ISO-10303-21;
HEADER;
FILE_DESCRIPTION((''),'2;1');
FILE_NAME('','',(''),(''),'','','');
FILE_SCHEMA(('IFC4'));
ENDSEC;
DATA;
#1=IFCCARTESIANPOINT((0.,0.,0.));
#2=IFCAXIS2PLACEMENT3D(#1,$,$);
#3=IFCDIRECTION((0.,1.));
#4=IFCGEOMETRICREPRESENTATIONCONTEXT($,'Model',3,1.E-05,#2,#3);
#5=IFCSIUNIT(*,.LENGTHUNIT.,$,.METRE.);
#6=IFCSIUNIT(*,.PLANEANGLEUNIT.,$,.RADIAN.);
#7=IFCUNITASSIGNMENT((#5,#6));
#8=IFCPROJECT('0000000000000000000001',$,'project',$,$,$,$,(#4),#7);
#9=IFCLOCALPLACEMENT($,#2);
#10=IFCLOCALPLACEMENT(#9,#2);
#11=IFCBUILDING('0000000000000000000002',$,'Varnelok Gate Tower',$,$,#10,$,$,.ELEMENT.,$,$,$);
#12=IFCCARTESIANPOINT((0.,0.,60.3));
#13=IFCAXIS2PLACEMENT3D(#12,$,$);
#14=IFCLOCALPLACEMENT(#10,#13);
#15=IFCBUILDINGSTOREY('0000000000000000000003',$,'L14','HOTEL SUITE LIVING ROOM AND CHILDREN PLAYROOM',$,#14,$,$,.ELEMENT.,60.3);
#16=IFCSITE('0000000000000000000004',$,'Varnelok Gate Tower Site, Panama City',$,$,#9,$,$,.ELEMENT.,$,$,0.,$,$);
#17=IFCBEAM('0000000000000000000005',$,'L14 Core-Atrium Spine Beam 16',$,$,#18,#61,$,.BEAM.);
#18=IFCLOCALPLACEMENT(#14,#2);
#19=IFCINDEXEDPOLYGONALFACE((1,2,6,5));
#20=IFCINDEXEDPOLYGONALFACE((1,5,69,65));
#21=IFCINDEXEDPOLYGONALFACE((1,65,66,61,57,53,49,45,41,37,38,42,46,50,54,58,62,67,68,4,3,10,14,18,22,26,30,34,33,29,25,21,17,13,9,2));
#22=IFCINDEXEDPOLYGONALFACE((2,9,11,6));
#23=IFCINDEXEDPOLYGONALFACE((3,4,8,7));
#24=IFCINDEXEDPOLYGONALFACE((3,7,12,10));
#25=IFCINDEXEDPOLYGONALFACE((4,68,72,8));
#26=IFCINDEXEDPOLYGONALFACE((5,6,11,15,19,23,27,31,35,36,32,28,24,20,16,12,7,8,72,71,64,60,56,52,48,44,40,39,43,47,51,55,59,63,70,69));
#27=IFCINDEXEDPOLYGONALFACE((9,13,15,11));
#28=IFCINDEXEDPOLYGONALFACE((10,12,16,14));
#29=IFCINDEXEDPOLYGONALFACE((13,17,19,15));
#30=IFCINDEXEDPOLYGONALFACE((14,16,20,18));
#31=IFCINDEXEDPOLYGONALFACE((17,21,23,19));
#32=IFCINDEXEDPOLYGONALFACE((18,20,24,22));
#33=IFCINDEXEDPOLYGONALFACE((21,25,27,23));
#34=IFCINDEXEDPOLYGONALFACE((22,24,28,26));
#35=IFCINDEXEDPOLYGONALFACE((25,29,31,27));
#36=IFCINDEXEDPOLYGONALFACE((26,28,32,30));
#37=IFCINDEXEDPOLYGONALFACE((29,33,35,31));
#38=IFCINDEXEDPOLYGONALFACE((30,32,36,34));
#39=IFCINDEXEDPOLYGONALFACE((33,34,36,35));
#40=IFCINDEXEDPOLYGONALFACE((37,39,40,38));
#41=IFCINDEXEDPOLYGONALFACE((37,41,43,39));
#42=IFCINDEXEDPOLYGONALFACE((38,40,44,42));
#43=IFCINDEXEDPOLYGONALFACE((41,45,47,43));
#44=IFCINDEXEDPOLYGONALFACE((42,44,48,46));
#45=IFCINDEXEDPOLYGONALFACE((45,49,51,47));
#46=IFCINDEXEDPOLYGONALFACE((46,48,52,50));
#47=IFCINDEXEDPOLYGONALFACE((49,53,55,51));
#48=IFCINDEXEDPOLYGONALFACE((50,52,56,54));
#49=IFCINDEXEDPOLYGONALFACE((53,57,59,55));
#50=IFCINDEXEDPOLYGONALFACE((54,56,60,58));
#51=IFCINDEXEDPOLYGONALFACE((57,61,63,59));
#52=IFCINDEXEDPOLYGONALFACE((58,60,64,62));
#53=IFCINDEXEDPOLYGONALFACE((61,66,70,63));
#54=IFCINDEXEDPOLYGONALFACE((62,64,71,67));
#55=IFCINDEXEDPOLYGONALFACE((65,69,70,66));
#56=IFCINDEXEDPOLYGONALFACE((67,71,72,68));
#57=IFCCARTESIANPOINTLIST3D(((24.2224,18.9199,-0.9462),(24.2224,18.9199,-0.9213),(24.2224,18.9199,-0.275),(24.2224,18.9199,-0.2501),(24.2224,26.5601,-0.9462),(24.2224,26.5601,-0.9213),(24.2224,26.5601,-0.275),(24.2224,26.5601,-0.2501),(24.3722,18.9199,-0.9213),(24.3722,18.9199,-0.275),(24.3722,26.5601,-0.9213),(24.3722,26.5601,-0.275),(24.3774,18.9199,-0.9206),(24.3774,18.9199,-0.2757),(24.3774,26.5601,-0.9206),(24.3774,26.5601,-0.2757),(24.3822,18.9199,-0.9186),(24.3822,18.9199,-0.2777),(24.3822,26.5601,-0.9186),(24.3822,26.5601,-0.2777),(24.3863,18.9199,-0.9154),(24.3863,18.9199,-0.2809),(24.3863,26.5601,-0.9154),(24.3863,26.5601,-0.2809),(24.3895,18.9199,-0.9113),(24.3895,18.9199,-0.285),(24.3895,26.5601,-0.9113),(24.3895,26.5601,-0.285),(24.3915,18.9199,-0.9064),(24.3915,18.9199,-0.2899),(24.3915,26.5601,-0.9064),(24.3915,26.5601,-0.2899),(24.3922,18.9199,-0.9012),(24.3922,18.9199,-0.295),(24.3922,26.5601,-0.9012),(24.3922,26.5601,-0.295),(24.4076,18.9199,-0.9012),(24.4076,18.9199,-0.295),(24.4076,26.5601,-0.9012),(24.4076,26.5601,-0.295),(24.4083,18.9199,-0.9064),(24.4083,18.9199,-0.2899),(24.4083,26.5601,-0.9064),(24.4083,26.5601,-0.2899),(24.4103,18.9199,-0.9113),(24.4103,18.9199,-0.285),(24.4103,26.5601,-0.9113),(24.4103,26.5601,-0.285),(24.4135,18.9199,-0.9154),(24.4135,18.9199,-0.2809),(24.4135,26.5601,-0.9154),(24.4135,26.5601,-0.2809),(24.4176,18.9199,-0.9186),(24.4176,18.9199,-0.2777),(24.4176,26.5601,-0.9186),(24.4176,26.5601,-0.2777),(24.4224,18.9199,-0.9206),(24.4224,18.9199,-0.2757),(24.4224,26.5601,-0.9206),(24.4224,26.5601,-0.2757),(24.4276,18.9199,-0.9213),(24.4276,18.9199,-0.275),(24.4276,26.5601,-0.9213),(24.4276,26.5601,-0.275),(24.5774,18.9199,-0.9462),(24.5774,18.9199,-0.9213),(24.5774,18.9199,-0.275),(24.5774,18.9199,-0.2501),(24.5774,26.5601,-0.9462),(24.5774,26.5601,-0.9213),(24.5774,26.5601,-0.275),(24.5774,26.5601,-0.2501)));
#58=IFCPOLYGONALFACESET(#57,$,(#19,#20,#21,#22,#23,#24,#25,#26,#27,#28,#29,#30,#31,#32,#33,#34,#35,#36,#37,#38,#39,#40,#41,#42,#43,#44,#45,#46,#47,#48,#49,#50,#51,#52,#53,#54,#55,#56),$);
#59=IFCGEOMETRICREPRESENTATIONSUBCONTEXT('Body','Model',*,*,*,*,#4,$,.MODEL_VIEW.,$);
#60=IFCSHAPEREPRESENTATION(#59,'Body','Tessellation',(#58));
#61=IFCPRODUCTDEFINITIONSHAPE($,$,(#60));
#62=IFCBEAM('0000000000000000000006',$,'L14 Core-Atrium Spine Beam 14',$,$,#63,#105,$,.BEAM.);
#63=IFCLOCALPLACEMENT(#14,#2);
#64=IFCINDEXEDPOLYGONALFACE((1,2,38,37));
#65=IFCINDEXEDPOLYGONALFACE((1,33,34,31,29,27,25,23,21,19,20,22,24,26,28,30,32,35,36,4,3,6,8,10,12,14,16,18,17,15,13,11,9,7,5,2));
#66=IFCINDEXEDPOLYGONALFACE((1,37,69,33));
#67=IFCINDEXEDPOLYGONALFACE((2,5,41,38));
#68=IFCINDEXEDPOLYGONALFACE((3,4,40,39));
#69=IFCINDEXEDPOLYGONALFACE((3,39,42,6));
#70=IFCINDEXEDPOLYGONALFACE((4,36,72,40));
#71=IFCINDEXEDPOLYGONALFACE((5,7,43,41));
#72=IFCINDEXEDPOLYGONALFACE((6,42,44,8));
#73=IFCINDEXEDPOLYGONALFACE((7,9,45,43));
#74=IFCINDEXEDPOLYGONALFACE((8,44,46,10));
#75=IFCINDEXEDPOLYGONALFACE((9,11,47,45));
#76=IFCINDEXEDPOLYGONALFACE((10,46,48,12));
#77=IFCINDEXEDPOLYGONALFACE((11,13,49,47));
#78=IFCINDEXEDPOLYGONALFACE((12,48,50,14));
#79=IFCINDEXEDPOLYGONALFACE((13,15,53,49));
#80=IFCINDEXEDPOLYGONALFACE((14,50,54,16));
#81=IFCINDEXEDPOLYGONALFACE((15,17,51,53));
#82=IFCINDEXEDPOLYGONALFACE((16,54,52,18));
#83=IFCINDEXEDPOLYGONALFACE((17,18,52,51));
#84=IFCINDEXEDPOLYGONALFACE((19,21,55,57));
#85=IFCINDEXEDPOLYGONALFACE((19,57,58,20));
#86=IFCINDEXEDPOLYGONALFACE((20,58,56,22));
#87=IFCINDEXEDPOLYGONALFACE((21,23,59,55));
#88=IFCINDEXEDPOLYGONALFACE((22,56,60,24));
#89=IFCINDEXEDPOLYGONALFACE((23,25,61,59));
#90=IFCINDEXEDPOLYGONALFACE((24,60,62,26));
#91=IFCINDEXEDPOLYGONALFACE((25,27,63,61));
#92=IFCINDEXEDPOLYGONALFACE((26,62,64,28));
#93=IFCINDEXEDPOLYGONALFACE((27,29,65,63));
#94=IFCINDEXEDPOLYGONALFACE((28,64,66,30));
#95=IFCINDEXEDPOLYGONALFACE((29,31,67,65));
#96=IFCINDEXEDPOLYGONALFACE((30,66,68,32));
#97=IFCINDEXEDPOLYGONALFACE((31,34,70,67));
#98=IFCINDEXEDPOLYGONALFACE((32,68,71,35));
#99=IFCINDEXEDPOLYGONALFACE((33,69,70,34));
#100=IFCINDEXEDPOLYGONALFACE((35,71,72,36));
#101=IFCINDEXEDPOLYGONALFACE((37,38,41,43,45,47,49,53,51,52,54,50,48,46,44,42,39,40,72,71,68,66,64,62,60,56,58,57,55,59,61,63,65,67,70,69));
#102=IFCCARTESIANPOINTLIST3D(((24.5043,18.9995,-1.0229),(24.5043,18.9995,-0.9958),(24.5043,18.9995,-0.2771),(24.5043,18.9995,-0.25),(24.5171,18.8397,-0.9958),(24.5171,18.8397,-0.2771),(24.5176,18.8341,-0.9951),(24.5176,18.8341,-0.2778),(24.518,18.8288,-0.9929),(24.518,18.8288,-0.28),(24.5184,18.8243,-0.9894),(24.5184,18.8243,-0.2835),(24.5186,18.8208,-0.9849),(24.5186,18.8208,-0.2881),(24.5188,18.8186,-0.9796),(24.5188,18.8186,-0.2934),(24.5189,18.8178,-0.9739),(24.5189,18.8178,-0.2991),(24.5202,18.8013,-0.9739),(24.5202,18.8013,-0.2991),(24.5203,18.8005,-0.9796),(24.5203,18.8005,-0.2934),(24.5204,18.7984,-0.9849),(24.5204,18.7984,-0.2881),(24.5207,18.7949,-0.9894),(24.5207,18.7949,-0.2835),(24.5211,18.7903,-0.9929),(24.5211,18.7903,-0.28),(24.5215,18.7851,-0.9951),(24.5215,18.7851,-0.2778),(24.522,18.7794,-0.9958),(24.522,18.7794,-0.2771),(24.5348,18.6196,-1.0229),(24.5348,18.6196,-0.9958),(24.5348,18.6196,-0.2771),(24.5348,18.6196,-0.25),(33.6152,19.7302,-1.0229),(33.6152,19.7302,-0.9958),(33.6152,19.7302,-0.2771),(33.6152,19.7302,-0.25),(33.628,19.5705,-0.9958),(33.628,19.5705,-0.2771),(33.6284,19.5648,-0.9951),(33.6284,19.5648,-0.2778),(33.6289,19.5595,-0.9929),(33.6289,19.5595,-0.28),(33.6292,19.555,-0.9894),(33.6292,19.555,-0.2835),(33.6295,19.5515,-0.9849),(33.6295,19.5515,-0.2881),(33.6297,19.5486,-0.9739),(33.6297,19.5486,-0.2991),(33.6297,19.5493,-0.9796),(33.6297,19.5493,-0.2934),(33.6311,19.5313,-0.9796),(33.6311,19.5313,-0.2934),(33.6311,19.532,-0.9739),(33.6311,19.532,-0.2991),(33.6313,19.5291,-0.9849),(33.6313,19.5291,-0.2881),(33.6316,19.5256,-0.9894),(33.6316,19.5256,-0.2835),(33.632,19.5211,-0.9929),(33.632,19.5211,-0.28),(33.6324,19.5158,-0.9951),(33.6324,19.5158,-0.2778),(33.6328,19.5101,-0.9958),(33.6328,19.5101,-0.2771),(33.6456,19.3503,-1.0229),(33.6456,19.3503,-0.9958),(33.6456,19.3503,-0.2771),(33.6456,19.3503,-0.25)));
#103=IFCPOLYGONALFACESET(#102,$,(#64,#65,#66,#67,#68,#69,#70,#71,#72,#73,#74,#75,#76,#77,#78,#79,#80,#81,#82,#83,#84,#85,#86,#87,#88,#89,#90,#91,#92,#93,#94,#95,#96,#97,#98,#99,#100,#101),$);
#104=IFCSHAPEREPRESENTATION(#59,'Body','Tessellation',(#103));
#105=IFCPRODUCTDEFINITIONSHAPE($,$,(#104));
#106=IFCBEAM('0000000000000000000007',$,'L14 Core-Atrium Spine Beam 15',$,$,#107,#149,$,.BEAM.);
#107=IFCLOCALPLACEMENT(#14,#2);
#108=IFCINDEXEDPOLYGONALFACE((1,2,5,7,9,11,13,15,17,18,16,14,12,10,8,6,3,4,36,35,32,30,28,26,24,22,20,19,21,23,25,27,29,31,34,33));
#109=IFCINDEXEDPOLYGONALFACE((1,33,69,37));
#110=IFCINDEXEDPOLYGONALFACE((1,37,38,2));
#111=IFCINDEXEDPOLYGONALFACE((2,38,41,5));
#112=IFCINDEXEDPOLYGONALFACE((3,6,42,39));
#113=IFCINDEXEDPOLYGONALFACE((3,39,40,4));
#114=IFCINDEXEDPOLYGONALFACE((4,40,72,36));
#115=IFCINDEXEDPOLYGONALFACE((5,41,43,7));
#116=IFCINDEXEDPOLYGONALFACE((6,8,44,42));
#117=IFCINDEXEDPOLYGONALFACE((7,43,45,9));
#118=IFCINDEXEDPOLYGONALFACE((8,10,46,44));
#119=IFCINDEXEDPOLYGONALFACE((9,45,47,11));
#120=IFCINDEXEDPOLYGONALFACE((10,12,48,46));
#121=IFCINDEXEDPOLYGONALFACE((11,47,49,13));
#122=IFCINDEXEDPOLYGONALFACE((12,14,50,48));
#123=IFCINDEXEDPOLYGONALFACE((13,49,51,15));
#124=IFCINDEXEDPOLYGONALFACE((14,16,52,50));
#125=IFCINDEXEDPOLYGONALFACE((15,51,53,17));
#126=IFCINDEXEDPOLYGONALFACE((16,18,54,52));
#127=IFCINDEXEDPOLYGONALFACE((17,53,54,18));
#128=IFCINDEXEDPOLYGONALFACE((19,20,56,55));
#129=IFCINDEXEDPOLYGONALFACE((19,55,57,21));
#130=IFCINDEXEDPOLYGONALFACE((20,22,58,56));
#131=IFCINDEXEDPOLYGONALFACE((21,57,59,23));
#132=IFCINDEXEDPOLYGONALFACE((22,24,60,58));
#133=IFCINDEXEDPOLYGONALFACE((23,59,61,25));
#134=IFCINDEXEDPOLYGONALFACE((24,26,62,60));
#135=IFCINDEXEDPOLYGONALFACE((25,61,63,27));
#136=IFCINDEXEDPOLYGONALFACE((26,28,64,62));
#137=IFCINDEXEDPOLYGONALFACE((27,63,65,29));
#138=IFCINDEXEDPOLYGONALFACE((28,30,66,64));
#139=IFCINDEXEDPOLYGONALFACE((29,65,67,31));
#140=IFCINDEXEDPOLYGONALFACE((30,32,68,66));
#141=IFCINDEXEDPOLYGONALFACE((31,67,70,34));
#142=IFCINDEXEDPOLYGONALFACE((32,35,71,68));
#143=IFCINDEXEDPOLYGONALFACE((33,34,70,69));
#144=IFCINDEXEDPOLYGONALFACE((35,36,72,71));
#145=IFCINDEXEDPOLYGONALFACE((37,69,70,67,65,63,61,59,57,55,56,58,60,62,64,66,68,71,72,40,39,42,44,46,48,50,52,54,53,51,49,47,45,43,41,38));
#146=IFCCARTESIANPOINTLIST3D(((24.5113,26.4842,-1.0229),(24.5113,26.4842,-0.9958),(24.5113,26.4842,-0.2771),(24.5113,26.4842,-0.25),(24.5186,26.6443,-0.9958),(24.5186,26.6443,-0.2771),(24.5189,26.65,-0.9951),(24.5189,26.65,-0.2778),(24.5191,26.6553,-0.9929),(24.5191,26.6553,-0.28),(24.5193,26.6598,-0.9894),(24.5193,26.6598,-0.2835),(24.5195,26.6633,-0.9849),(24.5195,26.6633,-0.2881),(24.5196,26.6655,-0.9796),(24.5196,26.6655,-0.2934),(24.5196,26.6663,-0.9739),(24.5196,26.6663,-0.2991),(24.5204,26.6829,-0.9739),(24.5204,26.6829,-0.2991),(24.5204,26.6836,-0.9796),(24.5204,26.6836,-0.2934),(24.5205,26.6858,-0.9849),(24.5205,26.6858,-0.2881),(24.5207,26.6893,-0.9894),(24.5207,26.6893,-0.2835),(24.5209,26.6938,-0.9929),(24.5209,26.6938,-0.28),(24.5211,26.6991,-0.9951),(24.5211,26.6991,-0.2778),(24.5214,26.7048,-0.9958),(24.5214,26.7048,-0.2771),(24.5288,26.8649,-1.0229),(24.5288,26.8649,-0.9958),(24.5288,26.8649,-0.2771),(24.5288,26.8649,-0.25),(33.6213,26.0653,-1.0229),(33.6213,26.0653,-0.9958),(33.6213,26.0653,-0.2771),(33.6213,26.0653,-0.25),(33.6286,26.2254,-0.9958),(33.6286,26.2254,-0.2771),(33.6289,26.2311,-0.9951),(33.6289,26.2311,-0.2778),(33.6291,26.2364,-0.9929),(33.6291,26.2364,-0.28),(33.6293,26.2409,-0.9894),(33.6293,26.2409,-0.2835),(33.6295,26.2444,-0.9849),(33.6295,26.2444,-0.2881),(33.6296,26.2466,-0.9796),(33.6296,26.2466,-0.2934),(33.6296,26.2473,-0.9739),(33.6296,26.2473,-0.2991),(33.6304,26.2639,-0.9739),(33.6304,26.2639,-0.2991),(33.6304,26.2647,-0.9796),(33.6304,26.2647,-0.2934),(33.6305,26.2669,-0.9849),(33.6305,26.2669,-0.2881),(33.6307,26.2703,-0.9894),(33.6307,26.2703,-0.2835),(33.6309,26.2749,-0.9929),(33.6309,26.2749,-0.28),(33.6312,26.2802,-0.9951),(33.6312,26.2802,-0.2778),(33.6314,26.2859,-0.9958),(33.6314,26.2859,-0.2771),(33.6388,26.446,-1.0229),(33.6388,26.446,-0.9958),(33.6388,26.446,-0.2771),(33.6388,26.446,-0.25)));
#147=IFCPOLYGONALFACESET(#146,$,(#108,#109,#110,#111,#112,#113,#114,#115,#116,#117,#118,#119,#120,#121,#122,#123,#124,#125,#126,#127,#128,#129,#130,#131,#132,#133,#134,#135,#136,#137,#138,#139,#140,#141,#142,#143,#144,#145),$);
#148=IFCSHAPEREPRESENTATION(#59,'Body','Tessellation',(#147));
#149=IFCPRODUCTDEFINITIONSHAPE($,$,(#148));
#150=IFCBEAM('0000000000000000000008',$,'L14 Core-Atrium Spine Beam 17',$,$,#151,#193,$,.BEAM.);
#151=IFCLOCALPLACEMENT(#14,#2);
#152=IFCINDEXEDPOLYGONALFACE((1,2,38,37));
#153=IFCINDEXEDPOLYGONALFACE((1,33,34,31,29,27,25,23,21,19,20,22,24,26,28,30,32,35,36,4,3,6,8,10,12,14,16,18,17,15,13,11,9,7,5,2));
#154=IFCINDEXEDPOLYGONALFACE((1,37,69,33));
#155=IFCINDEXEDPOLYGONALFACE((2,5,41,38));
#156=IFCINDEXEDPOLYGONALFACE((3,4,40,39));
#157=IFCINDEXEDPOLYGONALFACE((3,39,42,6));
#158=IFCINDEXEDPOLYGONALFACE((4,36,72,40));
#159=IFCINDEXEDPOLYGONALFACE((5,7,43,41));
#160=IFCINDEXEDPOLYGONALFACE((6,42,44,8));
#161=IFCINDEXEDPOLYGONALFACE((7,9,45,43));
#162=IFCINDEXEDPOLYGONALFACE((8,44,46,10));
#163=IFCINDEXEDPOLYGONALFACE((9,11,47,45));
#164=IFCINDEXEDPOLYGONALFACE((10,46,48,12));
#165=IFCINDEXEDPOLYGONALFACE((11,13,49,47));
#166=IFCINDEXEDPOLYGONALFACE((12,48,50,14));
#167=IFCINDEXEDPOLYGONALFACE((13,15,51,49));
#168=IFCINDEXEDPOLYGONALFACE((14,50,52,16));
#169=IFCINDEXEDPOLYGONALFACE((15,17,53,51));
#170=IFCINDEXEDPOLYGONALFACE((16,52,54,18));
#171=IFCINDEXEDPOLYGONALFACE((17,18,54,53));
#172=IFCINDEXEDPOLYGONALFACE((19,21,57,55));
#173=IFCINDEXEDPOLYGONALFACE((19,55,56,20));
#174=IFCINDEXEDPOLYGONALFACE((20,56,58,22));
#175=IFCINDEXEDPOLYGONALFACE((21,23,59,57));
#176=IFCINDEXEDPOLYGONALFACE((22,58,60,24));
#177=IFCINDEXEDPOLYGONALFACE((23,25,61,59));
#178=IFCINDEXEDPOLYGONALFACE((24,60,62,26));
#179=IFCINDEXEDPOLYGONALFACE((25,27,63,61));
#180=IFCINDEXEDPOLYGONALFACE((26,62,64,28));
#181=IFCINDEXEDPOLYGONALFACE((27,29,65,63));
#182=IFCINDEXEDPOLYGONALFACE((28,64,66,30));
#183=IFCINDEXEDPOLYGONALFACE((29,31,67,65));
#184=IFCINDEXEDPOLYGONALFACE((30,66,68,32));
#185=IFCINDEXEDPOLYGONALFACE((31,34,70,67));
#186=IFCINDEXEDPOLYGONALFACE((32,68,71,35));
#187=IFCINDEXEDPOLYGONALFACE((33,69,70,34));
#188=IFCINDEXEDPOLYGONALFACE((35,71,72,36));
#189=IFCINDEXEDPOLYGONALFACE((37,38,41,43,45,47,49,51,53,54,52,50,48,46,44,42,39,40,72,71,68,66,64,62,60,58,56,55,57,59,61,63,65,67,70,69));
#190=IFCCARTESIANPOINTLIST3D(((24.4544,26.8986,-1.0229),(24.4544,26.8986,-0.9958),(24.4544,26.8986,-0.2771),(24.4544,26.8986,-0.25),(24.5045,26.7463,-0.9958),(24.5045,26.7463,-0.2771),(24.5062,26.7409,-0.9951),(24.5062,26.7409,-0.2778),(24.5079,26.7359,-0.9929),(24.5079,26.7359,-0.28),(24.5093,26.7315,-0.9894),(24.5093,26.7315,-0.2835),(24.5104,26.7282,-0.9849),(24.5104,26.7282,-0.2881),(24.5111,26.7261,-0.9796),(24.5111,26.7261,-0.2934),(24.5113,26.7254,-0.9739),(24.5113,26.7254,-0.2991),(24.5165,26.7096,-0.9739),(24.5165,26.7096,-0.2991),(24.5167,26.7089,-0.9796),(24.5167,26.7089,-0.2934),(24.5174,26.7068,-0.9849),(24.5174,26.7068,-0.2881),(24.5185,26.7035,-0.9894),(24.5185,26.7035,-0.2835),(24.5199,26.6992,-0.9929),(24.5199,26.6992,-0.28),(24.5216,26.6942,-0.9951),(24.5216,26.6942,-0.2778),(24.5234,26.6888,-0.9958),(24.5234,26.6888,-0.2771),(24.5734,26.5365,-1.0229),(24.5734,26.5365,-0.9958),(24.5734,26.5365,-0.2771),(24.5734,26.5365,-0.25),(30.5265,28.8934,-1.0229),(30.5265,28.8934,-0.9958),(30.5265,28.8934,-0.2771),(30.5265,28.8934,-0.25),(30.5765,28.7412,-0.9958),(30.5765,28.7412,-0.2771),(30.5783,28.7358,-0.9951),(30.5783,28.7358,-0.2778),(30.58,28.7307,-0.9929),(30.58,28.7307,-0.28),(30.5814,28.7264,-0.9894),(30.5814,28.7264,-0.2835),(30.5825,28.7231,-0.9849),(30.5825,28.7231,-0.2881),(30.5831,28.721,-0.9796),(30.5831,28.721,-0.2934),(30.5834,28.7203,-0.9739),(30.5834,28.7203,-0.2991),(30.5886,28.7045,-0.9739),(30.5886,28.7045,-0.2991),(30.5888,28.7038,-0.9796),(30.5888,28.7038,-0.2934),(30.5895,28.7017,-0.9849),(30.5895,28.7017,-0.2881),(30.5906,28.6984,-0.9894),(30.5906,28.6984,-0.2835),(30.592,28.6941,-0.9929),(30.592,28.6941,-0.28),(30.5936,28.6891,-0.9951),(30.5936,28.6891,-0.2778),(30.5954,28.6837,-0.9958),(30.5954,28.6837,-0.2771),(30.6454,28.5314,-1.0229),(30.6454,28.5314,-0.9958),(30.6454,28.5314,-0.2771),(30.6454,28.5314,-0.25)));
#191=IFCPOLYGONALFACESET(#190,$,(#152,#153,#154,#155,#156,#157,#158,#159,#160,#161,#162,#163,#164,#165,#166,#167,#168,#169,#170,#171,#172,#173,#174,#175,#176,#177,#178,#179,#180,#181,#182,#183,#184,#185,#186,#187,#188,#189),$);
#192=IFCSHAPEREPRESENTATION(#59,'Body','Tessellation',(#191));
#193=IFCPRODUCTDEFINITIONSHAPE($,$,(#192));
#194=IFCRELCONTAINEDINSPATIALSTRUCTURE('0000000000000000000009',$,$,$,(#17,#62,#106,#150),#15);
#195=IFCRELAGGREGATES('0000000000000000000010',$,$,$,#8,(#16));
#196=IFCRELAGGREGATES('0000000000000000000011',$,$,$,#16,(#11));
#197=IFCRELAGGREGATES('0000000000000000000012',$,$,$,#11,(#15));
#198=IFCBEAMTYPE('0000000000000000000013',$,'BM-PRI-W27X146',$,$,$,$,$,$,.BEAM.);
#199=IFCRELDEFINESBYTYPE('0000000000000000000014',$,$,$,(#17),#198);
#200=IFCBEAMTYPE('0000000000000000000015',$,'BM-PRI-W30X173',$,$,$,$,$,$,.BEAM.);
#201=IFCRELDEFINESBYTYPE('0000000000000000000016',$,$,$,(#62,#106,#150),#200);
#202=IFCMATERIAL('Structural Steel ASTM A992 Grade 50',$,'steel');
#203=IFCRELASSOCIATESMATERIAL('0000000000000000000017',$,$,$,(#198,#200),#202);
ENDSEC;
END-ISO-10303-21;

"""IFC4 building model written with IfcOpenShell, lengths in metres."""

from ifc_helpers import new_model, si_unit, direction, frame, origin, origin_2d, place, context, subcontext, project, spatial, i_section, extrude, material, material_profile, profile_set, type_object, element, save


model = new_model("IFC4")

# Units and contexts
model_context = context("Model", 3, precision=1e-05, world=origin(), true_north=direction((0.0, 1.0)))
body_context = subcontext(model_context, "Body", "Model", "MODEL_VIEW")
ifc_project = project(units=[si_unit("LENGTHUNIT", "METRE"), si_unit("PLANEANGLEUNIT", "RADIAN")], contexts=[model_context])

# Site, building, storey
site_placement = place(None, origin())
site = spatial("IfcSite", under=ifc_project, at=site_placement, Name="Varnelok Gate Tower Site, Panama City", CompositionType="ELEMENT", RefElevation=0.0)
building_placement = place(site_placement, origin())
building = spatial("IfcBuilding", under=site, at=building_placement, Name="Varnelok Gate Tower", CompositionType="ELEMENT")
storey_placement = place(building_placement, frame((0.0, 0.0, 60.3)))
storey = spatial("IfcBuildingStorey", under=building, at=storey_placement, Name="L14", Description="HOTEL SUITE LIVING ROOM AND CHILDREN PLAYROOM", CompositionType="ELEMENT", Elevation=60.3)

# Shared definitions
ifc_material_1 = material(Name="Structural Steel ASTM A992 Grade 50", Category="steel")

# Beams
ifc_material_profile_1 = material_profile(ifc_material_1, i_section(OverallWidth=0.355, OverallDepth=0.696, WebThickness=0.0154, FlangeThickness=0.0249, FilletRadius=0.02, at=origin_2d()), Name="W27X146")
ifc_profile_set_1 = profile_set([ifc_material_profile_1], Name="Structural Steel ASTM A992 Grade 50")
beam_type_1 = type_object("IfcBeamType", Name="BM-PRI-W27X146", PredefinedType="BEAM", material=ifc_profile_set_1)
beam_1_placement = place(storey_placement, frame((24.3999, 18.9199, -0.5981), z_axis=(0.0, 1.0, 0.0), x_axis=(-1.0, 0.0, 0.0)))
element("IfcBeam", 1, at=beam_1_placement, inside=storey, type_object=beam_type_1, Name="L14 Core-Atrium Spine Beam 16", PredefinedType="BEAM", context=body_context, shape_type="SweptSolid", body=[
    extrude(i_section(OverallWidth=0.355, OverallDepth=0.696, WebThickness=0.0154, FlangeThickness=0.0249, FilletRadius=0.02, at=origin_2d()), origin(), (0.0, 0.0, 1.0), 7.6401),
])
ifc_material_profile_2 = material_profile(ifc_material_1, i_section(OverallWidth=0.3811, OverallDepth=0.7729, WebThickness=0.0166, FlangeThickness=0.0271, FilletRadius=0.022, at=origin_2d()), Name="W30X173")
ifc_profile_set_2 = profile_set([ifc_material_profile_2], Name="Structural Steel ASTM A992 Grade 50")
beam_type_2 = type_object("IfcBeamType", Name="BM-PRI-W30X173", PredefinedType="BEAM", material=ifc_profile_set_2)
beam_2_placement = place(storey_placement, frame((24.5195, 18.8096, -0.6365), z_axis=(0.996799, 0.079946, 0.0), x_axis=(-0.079946, 0.996799, 0.0)))
element("IfcBeam", 2, at=beam_2_placement, inside=storey, type_object=beam_type_2, Name="L14 Core-Atrium Spine Beam 14", PredefinedType="BEAM", context=body_context, shape_type="SweptSolid", body=[
    extrude(i_section(OverallWidth=0.3811, OverallDepth=0.7729, WebThickness=0.0166, FlangeThickness=0.0271, FilletRadius=0.022, at=origin_2d()), origin(), (0.0, 0.0, 1.0), 9.1401),
])
beam_3_placement = place(storey_placement, frame((24.52, 26.6746, -0.6365), z_axis=(0.998944, -0.045938, 0.0), x_axis=(0.045938, 0.998944, 0.0)))
element("IfcBeam", 3, at=beam_3_placement, inside=storey, type_object=beam_type_2, Name="L14 Core-Atrium Spine Beam 15", PredefinedType="BEAM", context=body_context, shape_type="SweptSolid", body=[
    extrude(i_section(OverallWidth=0.3811, OverallDepth=0.7729, WebThickness=0.0166, FlangeThickness=0.0271, FilletRadius=0.022, at=origin_2d()), origin(), (0.0, 0.0, 1.0), 9.1196),
])
beam_4_placement = place(storey_placement, frame((24.5139, 26.7175, -0.6365), z_axis=(0.950042, 0.312122, 0.0), x_axis=(-0.312122, 0.950042, 0.0)))
element("IfcBeam", 4, at=beam_4_placement, inside=storey, type_object=beam_type_2, Name="L14 Core-Atrium Spine Beam 17", PredefinedType="BEAM", context=body_context, shape_type="SweptSolid", body=[
    extrude(i_section(OverallWidth=0.3811, OverallDepth=0.7729, WebThickness=0.0166, FlangeThickness=0.0271, FilletRadius=0.022, at=origin_2d()), origin(), (0.0, 0.0, 1.0), 6.3914),
])

save(model, "model.ifc")
